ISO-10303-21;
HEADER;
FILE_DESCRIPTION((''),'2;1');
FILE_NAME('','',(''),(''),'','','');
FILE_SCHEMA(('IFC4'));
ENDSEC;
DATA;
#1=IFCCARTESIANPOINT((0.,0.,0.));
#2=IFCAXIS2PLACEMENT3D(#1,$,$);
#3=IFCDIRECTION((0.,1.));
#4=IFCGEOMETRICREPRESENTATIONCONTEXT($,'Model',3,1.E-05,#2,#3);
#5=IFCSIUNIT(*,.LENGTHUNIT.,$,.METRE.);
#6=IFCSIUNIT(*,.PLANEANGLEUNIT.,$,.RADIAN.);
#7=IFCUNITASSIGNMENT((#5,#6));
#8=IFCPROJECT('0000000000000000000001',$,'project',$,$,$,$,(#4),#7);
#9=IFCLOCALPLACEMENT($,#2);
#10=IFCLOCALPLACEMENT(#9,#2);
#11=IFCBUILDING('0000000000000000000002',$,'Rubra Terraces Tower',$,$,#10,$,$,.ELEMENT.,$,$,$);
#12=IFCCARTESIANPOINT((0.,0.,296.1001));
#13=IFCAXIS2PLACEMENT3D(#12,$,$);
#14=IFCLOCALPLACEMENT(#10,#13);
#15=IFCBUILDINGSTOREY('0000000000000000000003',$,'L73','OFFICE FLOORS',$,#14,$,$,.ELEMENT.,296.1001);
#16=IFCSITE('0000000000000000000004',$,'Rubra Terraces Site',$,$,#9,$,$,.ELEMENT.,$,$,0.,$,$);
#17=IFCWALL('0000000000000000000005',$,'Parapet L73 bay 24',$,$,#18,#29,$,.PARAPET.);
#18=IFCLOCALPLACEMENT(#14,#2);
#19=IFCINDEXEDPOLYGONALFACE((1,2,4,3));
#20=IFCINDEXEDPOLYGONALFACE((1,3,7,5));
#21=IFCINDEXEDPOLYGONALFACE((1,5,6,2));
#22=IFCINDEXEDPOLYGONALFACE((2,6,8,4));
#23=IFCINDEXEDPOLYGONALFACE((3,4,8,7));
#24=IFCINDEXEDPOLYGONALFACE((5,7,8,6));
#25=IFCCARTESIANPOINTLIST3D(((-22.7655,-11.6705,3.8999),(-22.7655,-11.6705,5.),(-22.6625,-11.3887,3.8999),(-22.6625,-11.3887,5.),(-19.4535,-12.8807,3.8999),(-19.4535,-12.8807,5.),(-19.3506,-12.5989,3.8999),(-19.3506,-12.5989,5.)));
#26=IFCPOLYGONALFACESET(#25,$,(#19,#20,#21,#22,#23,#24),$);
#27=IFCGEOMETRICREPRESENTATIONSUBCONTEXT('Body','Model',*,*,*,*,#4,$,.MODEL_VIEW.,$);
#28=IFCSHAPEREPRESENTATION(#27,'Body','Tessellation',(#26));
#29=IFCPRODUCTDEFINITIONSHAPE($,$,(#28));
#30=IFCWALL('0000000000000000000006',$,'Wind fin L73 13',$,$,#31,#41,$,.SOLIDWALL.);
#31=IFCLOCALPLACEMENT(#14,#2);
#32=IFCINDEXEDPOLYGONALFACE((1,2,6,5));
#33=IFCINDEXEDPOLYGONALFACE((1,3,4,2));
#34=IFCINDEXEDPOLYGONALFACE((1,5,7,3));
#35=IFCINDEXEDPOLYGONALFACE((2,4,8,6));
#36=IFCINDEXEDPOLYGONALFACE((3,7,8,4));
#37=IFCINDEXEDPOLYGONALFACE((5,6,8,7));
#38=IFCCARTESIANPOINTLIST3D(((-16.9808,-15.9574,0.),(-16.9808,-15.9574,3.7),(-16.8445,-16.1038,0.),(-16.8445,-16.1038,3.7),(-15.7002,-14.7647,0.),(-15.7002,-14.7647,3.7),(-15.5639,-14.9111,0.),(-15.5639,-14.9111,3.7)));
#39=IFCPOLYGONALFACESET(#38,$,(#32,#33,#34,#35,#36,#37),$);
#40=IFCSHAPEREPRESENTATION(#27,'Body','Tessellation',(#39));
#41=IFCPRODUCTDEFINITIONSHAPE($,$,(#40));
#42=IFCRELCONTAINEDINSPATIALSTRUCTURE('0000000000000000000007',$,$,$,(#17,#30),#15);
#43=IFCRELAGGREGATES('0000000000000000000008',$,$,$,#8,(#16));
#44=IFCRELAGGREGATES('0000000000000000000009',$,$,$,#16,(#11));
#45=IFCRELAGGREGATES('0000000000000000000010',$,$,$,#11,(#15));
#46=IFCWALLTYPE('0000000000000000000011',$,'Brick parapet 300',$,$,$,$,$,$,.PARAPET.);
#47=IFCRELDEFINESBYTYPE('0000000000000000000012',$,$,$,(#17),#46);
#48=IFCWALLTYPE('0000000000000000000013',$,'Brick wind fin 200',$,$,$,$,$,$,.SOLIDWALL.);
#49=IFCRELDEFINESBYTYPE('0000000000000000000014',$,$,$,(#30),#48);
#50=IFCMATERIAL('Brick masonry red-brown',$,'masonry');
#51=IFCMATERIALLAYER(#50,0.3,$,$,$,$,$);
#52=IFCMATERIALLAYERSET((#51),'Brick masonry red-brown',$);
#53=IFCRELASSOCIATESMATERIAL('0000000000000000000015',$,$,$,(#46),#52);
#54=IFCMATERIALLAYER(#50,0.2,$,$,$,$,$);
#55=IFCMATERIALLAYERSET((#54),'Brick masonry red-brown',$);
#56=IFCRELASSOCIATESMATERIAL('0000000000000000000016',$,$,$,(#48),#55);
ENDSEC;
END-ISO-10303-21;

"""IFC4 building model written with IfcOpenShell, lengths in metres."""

from ifc_helpers import new_model, si_unit, direction, frame, frame_2d, origin, place, context, subcontext, project, spatial, rectangle, extrude, material, layer, layer_set, type_object, element, save


model = new_model("IFC4")

# Units and contexts
model_context = context("Model", 3, precision=1e-05, world=origin(), true_north=direction((0.0, 1.0)))
body_context = subcontext(model_context, "Body", "Model", "MODEL_VIEW")
ifc_project = project(units=[si_unit("LENGTHUNIT", "METRE"), si_unit("PLANEANGLEUNIT", "RADIAN")], contexts=[model_context])

# Site, building, storey
site_placement = place(None, origin())
site = spatial("IfcSite", under=ifc_project, at=site_placement, Name="Rubra Terraces Site", CompositionType="ELEMENT", RefElevation=0.0)
building_placement = place(site_placement, origin())
building = spatial("IfcBuilding", under=site, at=building_placement, Name="Rubra Terraces Tower", CompositionType="ELEMENT")
storey_placement = place(building_placement, frame((0.0, 0.0, 296.1001)))
storey = spatial("IfcBuildingStorey", under=building, at=storey_placement, Name="L73", Description="OFFICE FLOORS", CompositionType="ELEMENT", Elevation=296.1001)

# Shared definitions
ifc_material_1 = material(Name="Brick masonry red-brown", Category="masonry")

# Walls
ifc_layer_1 = layer(ifc_material_1, 0.3)
ifc_layer_set_1 = layer_set([ifc_layer_1], Name="Brick masonry red-brown")
wall_type_1 = type_object("IfcWallType", Name="Brick parapet 300", PredefinedType="PARAPET", material=ifc_layer_set_1)
wall_1_placement = place(storey_placement, frame((-22.7141, -11.5295, 3.8999), z_axis=(0.0, 0.0, 1.0), x_axis=(0.939261, -0.343205, 0.0)))
element("IfcWall", 1, at=wall_1_placement, inside=storey, type_object=wall_type_1, Name="Parapet L73 bay 24", PredefinedType="PARAPET", context=body_context, shape_type="SweptSolid", body=[
    extrude(rectangle(XDim=3.5261, YDim=0.3, at=frame_2d((1.7632, 0.0))), origin(), (0.0, 0.0, 1.0), 1.1001),
])
ifc_layer_2 = layer(ifc_material_1, 0.2)
ifc_layer_set_2 = layer_set([ifc_layer_2], Name="Brick masonry red-brown")
wall_type_2 = type_object("IfcWallType", Name="Brick wind fin 200", PredefinedType="SOLIDWALL", material=ifc_layer_set_2)
wall_2_placement = place(storey_placement, frame((-15.6321, -14.8379, 0.0), z_axis=(0.0, 0.0, 1.0), x_axis=(-0.731774, -0.681547, 0.0)))
element("IfcWall", 2, at=wall_2_placement, inside=storey, type_object=wall_type_2, Name="Wind fin L73 13", PredefinedType="SOLIDWALL", context=body_context, shape_type="SweptSolid", body=[
    extrude(rectangle(XDim=1.75, YDim=0.2, at=frame_2d((0.875, 0.0))), origin(), (0.0, 0.0, 1.0), 3.7),
])

save(model, "model.ifc")
